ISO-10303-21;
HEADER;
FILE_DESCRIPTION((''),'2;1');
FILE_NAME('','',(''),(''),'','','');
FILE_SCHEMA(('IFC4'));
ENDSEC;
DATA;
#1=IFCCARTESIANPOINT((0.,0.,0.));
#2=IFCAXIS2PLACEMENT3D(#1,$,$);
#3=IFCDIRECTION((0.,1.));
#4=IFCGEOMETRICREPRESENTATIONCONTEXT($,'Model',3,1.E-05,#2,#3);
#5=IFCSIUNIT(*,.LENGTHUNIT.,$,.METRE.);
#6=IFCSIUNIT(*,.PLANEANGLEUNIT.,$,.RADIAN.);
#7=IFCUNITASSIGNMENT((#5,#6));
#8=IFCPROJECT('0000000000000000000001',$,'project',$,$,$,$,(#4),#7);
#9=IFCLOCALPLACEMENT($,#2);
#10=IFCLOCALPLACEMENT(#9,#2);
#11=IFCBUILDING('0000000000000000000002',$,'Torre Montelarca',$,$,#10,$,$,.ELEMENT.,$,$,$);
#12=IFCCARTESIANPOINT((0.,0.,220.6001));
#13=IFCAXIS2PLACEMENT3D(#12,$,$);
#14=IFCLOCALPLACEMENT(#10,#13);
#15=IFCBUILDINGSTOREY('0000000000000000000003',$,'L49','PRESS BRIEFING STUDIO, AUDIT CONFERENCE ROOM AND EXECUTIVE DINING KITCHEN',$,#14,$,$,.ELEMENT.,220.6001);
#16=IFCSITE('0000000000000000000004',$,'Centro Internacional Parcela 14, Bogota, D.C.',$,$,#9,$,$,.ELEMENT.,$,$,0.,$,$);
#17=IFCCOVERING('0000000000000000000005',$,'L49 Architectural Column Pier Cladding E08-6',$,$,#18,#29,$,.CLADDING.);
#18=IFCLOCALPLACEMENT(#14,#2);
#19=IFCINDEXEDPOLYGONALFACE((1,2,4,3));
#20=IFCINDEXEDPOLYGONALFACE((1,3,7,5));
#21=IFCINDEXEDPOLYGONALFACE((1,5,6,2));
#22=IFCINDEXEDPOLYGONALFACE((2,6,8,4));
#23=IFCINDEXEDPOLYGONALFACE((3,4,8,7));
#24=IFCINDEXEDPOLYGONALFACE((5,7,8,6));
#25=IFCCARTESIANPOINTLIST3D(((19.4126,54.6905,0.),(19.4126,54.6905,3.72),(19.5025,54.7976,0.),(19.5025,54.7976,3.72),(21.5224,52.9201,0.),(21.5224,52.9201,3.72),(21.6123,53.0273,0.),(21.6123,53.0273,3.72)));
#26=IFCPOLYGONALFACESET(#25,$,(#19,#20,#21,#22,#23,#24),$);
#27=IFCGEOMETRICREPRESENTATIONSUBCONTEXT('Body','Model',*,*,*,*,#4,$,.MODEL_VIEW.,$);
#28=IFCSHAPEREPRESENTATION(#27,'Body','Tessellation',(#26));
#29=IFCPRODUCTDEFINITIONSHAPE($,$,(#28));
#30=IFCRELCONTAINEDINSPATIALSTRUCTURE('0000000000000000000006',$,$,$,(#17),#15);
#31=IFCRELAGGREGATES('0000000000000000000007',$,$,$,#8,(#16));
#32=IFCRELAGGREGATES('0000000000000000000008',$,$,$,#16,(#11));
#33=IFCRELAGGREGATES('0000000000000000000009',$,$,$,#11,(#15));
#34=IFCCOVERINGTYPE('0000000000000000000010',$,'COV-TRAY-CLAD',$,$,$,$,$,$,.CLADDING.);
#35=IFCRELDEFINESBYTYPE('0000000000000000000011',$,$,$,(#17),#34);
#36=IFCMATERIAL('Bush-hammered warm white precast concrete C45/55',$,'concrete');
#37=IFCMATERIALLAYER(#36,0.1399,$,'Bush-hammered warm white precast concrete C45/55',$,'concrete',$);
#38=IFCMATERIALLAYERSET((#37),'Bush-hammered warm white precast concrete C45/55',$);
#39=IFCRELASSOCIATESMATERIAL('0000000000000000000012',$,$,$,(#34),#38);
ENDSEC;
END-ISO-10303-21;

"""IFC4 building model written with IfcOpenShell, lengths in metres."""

from ifc_helpers import new_model, si_unit, direction, frame, origin, origin_2d, place, context, subcontext, project, spatial, rectangle, extrude, source, transform, mapped, material, layer, layer_set, type_object, element, save


model = new_model("IFC4")

# Units and contexts
model_context = context("Model", 3, precision=1e-05, world=origin(), true_north=direction((0.0, 1.0)))
body_context = subcontext(model_context, "Body", "Model", "MODEL_VIEW")
ifc_project = project(units=[si_unit("LENGTHUNIT", "METRE"), si_unit("PLANEANGLEUNIT", "RADIAN")], contexts=[model_context])

# Site, building, storey
site_placement = place(None, origin())
site = spatial("IfcSite", under=ifc_project, at=site_placement, Name="Centro Internacional Parcela 14, Bogota, D.C.", CompositionType="ELEMENT", RefElevation=0.0)
building_placement = place(site_placement, origin())
building = spatial("IfcBuilding", under=site, at=building_placement, Name="Torre Montelarca", CompositionType="ELEMENT")
storey_placement = place(building_placement, frame((0.0, 0.0, 220.6001)))
storey = spatial("IfcBuildingStorey", under=building, at=storey_placement, Name="L49", Description="PRESS BRIEFING STUDIO, AUDIT CONFERENCE ROOM AND EXECUTIVE DINING KITCHEN", CompositionType="ELEMENT", Elevation=220.6001)

# Covering
ifc_material_1 = material(Name="Bush-hammered warm white precast concrete C45/55", Category="concrete")
ifc_layer_1 = layer(ifc_material_1, 0.1399, Name="Bush-hammered warm white precast concrete C45/55", Category="concrete")
ifc_layer_set_1 = layer_set([ifc_layer_1], Name="Bush-hammered warm white precast concrete C45/55")
covering_type = type_object("IfcCoveringType", Name="COV-TRAY-CLAD", PredefinedType="CLADDING", material=ifc_layer_set_1)
shared_shape_1 = source(origin(), body_context, "Body", "SweptSolid", [
    extrude(rectangle(XDim=2.7542, YDim=0.1399, at=origin_2d()), origin(), (0.0, 0.0, 1.0), 3.72),
])
covering_1_placement = place(storey_placement, frame((20.5125, 53.8589, 0.0), z_axis=(0.0, 0.0, 1.0), x_axis=(-0.766043, 0.642789, 0.0)))
element("IfcCovering", 1, at=covering_1_placement, inside=storey, type_object=covering_type, Name="L49 Architectural Column Pier Cladding E08-6", PredefinedType="CLADDING", context=body_context, shape_type="MappedRepresentation", body=[
    mapped(shared_shape_1, transform((0.0, 0.0, 0.0), scale=1.0)),
])

save(model, "model.ifc")
